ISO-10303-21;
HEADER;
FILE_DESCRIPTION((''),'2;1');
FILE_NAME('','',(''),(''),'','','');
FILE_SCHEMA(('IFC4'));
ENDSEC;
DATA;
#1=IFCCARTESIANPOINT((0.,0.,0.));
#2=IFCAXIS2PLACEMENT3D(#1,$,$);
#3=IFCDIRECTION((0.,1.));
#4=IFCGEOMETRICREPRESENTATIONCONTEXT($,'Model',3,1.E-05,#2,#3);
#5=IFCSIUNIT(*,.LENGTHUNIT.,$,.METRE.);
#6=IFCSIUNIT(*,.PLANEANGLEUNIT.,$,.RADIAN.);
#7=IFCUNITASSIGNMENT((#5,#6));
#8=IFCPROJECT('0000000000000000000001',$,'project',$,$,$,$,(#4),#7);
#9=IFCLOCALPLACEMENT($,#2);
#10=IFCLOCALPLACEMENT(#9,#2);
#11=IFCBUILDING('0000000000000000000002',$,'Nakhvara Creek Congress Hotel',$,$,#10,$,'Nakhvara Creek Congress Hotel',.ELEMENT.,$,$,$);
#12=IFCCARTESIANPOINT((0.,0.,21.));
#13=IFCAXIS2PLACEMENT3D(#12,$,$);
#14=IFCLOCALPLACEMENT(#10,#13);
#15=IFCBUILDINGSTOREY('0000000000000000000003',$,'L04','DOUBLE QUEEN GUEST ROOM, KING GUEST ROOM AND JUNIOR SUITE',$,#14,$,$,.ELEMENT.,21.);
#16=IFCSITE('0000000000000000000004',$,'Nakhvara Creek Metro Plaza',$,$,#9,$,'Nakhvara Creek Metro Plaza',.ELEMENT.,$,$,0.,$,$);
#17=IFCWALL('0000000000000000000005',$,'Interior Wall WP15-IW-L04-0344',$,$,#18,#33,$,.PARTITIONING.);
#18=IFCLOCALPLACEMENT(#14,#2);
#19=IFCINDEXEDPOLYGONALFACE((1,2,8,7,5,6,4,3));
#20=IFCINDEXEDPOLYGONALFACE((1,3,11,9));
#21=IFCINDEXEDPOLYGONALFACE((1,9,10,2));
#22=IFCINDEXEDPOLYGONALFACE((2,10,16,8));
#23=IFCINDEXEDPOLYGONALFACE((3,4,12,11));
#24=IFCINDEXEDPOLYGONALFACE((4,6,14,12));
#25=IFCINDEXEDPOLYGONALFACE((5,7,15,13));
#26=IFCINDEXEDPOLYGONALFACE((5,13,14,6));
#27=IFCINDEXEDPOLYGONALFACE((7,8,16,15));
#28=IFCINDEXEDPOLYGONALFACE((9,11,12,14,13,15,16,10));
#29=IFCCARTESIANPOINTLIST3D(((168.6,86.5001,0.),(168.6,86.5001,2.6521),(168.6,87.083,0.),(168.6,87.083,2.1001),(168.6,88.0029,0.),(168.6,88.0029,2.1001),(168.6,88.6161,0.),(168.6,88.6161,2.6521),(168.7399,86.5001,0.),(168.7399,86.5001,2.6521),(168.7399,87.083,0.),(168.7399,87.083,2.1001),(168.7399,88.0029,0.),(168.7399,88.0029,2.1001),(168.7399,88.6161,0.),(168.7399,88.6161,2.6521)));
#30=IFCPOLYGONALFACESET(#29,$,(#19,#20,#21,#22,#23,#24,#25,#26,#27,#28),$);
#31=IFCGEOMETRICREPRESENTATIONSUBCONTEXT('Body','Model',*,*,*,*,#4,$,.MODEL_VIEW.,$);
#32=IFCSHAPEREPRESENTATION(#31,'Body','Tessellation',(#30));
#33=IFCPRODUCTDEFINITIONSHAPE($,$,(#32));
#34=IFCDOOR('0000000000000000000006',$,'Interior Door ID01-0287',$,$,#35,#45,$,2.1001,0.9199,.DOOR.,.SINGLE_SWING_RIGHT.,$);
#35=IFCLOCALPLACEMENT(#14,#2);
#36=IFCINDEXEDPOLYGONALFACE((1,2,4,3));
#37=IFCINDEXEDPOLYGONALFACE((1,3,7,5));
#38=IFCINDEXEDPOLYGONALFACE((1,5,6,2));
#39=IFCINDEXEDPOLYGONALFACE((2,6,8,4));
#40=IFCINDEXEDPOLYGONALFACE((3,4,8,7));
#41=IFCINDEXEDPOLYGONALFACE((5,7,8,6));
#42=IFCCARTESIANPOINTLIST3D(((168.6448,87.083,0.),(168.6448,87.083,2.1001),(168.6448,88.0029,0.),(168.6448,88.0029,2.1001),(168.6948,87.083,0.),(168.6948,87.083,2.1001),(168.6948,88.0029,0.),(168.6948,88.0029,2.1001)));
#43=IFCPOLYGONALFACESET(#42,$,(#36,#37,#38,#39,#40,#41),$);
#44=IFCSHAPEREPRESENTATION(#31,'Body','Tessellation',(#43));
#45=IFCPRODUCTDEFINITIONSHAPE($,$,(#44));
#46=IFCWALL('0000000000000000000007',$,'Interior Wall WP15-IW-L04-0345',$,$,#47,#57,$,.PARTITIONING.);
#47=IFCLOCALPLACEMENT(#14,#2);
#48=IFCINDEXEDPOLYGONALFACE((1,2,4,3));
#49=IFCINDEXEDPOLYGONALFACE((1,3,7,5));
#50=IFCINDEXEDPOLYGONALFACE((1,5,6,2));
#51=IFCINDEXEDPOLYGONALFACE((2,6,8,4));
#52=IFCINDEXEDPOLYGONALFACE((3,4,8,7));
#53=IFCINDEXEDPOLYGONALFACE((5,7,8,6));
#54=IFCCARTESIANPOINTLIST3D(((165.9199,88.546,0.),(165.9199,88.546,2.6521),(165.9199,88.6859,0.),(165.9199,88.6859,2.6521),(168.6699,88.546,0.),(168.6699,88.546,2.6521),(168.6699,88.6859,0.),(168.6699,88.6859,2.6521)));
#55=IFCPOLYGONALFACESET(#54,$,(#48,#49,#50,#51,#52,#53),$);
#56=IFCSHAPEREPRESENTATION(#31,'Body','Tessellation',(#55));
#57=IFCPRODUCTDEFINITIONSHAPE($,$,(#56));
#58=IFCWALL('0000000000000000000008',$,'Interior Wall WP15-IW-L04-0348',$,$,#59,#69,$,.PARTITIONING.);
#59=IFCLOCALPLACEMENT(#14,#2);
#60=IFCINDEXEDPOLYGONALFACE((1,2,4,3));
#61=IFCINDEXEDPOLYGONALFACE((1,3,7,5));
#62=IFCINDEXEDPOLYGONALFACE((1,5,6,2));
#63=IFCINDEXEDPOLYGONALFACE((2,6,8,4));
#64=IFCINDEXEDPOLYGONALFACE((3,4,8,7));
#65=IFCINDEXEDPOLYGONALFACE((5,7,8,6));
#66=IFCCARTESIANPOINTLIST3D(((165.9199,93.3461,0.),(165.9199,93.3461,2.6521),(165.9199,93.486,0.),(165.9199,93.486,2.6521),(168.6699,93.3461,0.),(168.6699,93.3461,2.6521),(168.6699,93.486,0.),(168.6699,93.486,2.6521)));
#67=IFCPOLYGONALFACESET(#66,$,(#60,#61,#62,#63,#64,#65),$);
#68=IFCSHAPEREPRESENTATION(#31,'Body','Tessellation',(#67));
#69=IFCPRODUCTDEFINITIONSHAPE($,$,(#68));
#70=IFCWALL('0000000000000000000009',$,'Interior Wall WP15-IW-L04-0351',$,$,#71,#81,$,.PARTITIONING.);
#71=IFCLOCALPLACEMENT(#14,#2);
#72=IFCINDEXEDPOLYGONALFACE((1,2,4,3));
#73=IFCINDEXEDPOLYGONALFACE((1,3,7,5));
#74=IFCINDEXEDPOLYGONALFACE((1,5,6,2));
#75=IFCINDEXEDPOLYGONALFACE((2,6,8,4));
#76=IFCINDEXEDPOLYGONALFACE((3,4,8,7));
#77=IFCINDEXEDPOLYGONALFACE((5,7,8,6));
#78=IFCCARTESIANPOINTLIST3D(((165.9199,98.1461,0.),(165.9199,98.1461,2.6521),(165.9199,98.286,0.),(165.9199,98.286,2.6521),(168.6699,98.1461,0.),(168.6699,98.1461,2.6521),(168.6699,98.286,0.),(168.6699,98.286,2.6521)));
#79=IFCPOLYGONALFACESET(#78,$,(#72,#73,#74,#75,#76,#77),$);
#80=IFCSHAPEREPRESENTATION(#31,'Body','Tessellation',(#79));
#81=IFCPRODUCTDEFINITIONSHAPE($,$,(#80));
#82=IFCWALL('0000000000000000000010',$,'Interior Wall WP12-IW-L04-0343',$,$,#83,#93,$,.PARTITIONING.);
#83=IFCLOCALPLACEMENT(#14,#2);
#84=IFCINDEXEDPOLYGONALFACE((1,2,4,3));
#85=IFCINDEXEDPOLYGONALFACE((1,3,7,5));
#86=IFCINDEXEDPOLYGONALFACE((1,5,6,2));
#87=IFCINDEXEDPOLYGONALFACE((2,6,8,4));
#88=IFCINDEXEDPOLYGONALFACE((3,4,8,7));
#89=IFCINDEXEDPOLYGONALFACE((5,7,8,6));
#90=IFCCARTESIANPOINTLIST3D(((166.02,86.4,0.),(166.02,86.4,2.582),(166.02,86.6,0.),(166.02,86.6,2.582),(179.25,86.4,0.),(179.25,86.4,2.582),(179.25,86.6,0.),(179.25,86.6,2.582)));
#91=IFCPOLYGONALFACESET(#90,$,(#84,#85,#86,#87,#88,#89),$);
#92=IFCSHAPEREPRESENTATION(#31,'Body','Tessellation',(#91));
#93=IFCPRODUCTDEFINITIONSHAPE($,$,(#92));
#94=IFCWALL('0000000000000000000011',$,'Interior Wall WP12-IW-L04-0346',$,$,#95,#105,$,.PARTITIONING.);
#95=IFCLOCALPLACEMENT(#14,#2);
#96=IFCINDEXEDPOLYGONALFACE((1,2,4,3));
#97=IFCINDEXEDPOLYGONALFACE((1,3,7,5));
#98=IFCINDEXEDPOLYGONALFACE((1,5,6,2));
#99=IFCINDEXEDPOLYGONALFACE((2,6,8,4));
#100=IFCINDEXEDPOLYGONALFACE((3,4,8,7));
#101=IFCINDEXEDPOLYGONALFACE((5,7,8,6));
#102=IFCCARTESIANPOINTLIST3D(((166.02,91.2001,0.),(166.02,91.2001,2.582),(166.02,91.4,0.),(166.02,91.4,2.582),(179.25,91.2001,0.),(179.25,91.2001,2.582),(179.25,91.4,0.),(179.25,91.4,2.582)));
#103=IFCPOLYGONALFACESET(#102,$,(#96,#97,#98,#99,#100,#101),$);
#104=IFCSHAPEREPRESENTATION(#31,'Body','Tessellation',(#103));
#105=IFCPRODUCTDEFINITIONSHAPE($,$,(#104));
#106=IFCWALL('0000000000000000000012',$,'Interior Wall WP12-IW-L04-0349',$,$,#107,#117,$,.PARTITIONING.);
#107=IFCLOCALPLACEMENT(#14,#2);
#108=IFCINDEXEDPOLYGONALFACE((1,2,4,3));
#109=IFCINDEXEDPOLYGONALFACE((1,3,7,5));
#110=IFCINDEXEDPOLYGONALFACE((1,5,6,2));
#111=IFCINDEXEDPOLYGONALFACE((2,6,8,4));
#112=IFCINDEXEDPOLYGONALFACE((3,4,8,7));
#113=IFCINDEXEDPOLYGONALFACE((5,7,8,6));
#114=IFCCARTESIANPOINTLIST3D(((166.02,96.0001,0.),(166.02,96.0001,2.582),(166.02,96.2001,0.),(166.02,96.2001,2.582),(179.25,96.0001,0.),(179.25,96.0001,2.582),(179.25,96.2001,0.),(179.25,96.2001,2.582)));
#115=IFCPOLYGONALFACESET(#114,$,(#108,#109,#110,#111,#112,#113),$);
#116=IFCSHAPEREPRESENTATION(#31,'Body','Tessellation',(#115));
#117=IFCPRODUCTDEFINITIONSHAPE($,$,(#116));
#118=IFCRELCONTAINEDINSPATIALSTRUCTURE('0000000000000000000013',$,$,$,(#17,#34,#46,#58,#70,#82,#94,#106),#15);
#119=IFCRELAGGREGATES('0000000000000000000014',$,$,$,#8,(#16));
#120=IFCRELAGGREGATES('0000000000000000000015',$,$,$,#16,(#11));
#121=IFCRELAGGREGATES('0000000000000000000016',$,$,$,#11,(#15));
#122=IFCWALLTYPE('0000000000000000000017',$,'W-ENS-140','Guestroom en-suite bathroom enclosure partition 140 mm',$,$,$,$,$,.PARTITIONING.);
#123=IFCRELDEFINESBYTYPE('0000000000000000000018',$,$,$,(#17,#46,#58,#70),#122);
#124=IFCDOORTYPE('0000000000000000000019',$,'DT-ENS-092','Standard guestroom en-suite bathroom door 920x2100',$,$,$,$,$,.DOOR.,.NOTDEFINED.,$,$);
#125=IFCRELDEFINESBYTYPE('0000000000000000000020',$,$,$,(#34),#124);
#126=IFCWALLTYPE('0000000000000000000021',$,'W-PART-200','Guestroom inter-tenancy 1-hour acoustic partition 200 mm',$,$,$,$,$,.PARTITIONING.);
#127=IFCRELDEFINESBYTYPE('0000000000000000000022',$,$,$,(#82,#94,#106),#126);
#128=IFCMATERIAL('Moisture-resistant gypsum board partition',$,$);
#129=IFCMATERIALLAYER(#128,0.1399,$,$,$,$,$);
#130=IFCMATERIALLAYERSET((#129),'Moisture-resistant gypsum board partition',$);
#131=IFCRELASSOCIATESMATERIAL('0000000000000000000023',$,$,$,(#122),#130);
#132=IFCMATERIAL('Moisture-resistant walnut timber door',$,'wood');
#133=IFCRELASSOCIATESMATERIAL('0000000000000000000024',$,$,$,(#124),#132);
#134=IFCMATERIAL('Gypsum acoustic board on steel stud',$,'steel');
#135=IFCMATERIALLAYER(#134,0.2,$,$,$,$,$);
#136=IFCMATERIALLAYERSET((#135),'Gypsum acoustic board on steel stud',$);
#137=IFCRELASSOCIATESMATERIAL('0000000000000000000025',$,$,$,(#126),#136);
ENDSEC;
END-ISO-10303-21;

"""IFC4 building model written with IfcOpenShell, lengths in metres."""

from ifc_helpers import new_model, si_unit, direction, frame, frame_2d, origin, place, context, subcontext, project, spatial, rectangle, extrude, material, layer, layer_set, type_object, element, fill, save


model = new_model("IFC4")

# Units and contexts
model_context = context("Model", 3, precision=1e-05, world=origin(), true_north=direction((0.0, 1.0)))
body_context = subcontext(model_context, "Body", "Model", "MODEL_VIEW")
ifc_project = project(units=[si_unit("LENGTHUNIT", "METRE"), si_unit("PLANEANGLEUNIT", "RADIAN")], contexts=[model_context])

# Site, building, storey
site_placement = place(None, origin())
site = spatial("IfcSite", under=ifc_project, at=site_placement, Name="Nakhvara Creek Metro Plaza", LongName="Nakhvara Creek Metro Plaza", CompositionType="ELEMENT", RefElevation=0.0)
building_placement = place(site_placement, origin())
building = spatial("IfcBuilding", under=site, at=building_placement, Name="Nakhvara Creek Congress Hotel", LongName="Nakhvara Creek Congress Hotel", CompositionType="ELEMENT")
storey_placement = place(building_placement, frame((0.0, 0.0, 21.0)))
storey = spatial("IfcBuildingStorey", under=building, at=storey_placement, Name="L04", Description="DOUBLE QUEEN GUEST ROOM, KING GUEST ROOM AND JUNIOR SUITE", CompositionType="ELEMENT", Elevation=21.0)

# Shared definitions
ifc_material_1 = material(Name="Gypsum acoustic board on steel stud", Category="steel")

# Wall, opening, door
ifc_material_2 = material(Name="Moisture-resistant gypsum board partition")
ifc_layer_1 = layer(ifc_material_2, 0.1399)
ifc_layer_set_1 = layer_set([ifc_layer_1], Name="Moisture-resistant gypsum board partition")
wall_type_1 = type_object("IfcWallType", Name="W-ENS-140", Description="Guestroom en-suite bathroom enclosure partition 140 mm", PredefinedType="PARTITIONING", material=ifc_layer_set_1)
wall_1_placement = place(storey_placement, frame((168.6699, 86.5, 0.0), z_axis=(0.0, 0.0, 1.0), x_axis=(0.0, 1.0, 0.0)))
wall_1 = element("IfcWall", 1, at=wall_1_placement, inside=storey, type_object=wall_type_1, Name="Interior Wall WP15-IW-L04-0344", PredefinedType="PARTITIONING", context=body_context, shape_type="SweptSolid", body=[
    extrude(rectangle(XDim=2.116, YDim=0.1399, at=frame_2d((1.0581, 0.0))), origin(), (0.0, 0.0, 1.0), 2.6521),
])
opening_1_placement = place(wall_1_placement, frame((0.583, 0.0, 0.0)))
opening_1 = element("IfcOpeningElement", 2, at=opening_1_placement, cuts=wall_1, PredefinedType="OPENING", context=body_context, shape_type="SweptSolid", body=[
    extrude(rectangle(XDim=0.9199, YDim=2.1001, at=frame_2d((0.46, 1.05))), frame((0.0, 0.082, 0.0), z_axis=(0.0, -1.0, 0.0), x_axis=(1.0, 0.0, 0.0)), (0.0, 0.0, 1.0), 0.1638),
])
ifc_material_3 = material(Name="Moisture-resistant walnut timber door", Category="wood")
door_type_1 = type_object("IfcDoorType", Name="DT-ENS-092", Description="Standard guestroom en-suite bathroom door 920x2100", OperationType="NOTDEFINED", PredefinedType="DOOR", material=ifc_material_3)
door_1_placement = place(opening_1_placement, frame((0.9199, 0.0, 0.0), z_axis=(0.0, 0.0, 1.0), x_axis=(-1.0, 0.0, 0.0)))
door_1 = element("IfcDoor", 3, at=door_1_placement, inside=storey, type_object=door_type_1, Name="Interior Door ID01-0287", OperationType="SINGLE_SWING_RIGHT", OverallHeight=2.1001, OverallWidth=0.9199, PredefinedType="DOOR", context=body_context, shape_type="SweptSolid", body=[
    extrude(rectangle(XDim=0.9199, YDim=2.1001, at=frame_2d((0.46, 1.05))), frame((0.0, 0.0249, 0.0), z_axis=(0.0, -1.0, 0.0), x_axis=(1.0, 0.0, 0.0)), (0.0, 0.0, 1.0), 0.05),
])
fill(opening_1, door_1)

# Wall
wall_2_placement = place(storey_placement, frame((165.9199, 88.616, 0.0), z_axis=(0.0, 0.0, 1.0), x_axis=(1.0, 0.0, 0.0)))
element("IfcWall", 4, at=wall_2_placement, inside=storey, type_object=wall_type_1, Name="Interior Wall WP15-IW-L04-0345", PredefinedType="PARTITIONING", context=body_context, shape_type="SweptSolid", body=[
    extrude(rectangle(XDim=2.75, YDim=0.1399, at=frame_2d((1.375, 0.0))), origin(), (0.0, 0.0, 1.0), 2.6521),
])

# Wall
wall_3_placement = place(storey_placement, frame((165.9199, 93.416, 0.0), z_axis=(0.0, 0.0, 1.0), x_axis=(1.0, 0.0, 0.0)))
element("IfcWall", 5, at=wall_3_placement, inside=storey, type_object=wall_type_1, Name="Interior Wall WP15-IW-L04-0348", PredefinedType="PARTITIONING", context=body_context, shape_type="SweptSolid", body=[
    extrude(rectangle(XDim=2.75, YDim=0.1399, at=frame_2d((1.375, 0.0))), origin(), (0.0, 0.0, 1.0), 2.6521),
])

# Walls
wall_4_placement = place(storey_placement, frame((165.9199, 98.2161, 0.0), z_axis=(0.0, 0.0, 1.0), x_axis=(1.0, 0.0, 0.0)))
element("IfcWall", 6, at=wall_4_placement, inside=storey, type_object=wall_type_1, Name="Interior Wall WP15-IW-L04-0351", PredefinedType="PARTITIONING", context=body_context, shape_type="SweptSolid", body=[
    extrude(rectangle(XDim=2.75, YDim=0.1399, at=frame_2d((1.375, 0.0))), origin(), (0.0, 0.0, 1.0), 2.6521),
])
ifc_layer_2 = layer(ifc_material_1, 0.2)
ifc_layer_set_2 = layer_set([ifc_layer_2], Name="Gypsum acoustic board on steel stud")
wall_type_2 = type_object("IfcWallType", Name="W-PART-200", Description="Guestroom inter-tenancy 1-hour acoustic partition 200 mm", PredefinedType="PARTITIONING", material=ifc_layer_set_2)
for number, where, z_axis, x_axis, name in (
    (7, (166.02, 86.5, 0.0), (0.0, 0.0, 1.0), (1.0, 0.0, 0.0), "Interior Wall WP12-IW-L04-0343"),
    (8, (166.02, 91.3, 0.0), (0.0, 0.0, 1.0), (1.0, 0.0, 0.0), "Interior Wall WP12-IW-L04-0346"),
    (9, (166.02, 96.1001, 0.0), (0.0, 0.0, 1.0), (1.0, 0.0, 0.0), "Interior Wall WP12-IW-L04-0349"),
):
    element("IfcWall", number, at=place(storey_placement, frame(where, z_axis=z_axis, x_axis=x_axis)), inside=storey, type_object=wall_type_2, Name=name, PredefinedType="PARTITIONING", context=body_context, shape_type="SweptSolid", body=[
        extrude(rectangle(XDim=13.23, YDim=0.2, at=frame_2d((6.615, 0.0))), origin(), (0.0, 0.0, 1.0), 2.582),
    ])

save(model, "model.ifc")
